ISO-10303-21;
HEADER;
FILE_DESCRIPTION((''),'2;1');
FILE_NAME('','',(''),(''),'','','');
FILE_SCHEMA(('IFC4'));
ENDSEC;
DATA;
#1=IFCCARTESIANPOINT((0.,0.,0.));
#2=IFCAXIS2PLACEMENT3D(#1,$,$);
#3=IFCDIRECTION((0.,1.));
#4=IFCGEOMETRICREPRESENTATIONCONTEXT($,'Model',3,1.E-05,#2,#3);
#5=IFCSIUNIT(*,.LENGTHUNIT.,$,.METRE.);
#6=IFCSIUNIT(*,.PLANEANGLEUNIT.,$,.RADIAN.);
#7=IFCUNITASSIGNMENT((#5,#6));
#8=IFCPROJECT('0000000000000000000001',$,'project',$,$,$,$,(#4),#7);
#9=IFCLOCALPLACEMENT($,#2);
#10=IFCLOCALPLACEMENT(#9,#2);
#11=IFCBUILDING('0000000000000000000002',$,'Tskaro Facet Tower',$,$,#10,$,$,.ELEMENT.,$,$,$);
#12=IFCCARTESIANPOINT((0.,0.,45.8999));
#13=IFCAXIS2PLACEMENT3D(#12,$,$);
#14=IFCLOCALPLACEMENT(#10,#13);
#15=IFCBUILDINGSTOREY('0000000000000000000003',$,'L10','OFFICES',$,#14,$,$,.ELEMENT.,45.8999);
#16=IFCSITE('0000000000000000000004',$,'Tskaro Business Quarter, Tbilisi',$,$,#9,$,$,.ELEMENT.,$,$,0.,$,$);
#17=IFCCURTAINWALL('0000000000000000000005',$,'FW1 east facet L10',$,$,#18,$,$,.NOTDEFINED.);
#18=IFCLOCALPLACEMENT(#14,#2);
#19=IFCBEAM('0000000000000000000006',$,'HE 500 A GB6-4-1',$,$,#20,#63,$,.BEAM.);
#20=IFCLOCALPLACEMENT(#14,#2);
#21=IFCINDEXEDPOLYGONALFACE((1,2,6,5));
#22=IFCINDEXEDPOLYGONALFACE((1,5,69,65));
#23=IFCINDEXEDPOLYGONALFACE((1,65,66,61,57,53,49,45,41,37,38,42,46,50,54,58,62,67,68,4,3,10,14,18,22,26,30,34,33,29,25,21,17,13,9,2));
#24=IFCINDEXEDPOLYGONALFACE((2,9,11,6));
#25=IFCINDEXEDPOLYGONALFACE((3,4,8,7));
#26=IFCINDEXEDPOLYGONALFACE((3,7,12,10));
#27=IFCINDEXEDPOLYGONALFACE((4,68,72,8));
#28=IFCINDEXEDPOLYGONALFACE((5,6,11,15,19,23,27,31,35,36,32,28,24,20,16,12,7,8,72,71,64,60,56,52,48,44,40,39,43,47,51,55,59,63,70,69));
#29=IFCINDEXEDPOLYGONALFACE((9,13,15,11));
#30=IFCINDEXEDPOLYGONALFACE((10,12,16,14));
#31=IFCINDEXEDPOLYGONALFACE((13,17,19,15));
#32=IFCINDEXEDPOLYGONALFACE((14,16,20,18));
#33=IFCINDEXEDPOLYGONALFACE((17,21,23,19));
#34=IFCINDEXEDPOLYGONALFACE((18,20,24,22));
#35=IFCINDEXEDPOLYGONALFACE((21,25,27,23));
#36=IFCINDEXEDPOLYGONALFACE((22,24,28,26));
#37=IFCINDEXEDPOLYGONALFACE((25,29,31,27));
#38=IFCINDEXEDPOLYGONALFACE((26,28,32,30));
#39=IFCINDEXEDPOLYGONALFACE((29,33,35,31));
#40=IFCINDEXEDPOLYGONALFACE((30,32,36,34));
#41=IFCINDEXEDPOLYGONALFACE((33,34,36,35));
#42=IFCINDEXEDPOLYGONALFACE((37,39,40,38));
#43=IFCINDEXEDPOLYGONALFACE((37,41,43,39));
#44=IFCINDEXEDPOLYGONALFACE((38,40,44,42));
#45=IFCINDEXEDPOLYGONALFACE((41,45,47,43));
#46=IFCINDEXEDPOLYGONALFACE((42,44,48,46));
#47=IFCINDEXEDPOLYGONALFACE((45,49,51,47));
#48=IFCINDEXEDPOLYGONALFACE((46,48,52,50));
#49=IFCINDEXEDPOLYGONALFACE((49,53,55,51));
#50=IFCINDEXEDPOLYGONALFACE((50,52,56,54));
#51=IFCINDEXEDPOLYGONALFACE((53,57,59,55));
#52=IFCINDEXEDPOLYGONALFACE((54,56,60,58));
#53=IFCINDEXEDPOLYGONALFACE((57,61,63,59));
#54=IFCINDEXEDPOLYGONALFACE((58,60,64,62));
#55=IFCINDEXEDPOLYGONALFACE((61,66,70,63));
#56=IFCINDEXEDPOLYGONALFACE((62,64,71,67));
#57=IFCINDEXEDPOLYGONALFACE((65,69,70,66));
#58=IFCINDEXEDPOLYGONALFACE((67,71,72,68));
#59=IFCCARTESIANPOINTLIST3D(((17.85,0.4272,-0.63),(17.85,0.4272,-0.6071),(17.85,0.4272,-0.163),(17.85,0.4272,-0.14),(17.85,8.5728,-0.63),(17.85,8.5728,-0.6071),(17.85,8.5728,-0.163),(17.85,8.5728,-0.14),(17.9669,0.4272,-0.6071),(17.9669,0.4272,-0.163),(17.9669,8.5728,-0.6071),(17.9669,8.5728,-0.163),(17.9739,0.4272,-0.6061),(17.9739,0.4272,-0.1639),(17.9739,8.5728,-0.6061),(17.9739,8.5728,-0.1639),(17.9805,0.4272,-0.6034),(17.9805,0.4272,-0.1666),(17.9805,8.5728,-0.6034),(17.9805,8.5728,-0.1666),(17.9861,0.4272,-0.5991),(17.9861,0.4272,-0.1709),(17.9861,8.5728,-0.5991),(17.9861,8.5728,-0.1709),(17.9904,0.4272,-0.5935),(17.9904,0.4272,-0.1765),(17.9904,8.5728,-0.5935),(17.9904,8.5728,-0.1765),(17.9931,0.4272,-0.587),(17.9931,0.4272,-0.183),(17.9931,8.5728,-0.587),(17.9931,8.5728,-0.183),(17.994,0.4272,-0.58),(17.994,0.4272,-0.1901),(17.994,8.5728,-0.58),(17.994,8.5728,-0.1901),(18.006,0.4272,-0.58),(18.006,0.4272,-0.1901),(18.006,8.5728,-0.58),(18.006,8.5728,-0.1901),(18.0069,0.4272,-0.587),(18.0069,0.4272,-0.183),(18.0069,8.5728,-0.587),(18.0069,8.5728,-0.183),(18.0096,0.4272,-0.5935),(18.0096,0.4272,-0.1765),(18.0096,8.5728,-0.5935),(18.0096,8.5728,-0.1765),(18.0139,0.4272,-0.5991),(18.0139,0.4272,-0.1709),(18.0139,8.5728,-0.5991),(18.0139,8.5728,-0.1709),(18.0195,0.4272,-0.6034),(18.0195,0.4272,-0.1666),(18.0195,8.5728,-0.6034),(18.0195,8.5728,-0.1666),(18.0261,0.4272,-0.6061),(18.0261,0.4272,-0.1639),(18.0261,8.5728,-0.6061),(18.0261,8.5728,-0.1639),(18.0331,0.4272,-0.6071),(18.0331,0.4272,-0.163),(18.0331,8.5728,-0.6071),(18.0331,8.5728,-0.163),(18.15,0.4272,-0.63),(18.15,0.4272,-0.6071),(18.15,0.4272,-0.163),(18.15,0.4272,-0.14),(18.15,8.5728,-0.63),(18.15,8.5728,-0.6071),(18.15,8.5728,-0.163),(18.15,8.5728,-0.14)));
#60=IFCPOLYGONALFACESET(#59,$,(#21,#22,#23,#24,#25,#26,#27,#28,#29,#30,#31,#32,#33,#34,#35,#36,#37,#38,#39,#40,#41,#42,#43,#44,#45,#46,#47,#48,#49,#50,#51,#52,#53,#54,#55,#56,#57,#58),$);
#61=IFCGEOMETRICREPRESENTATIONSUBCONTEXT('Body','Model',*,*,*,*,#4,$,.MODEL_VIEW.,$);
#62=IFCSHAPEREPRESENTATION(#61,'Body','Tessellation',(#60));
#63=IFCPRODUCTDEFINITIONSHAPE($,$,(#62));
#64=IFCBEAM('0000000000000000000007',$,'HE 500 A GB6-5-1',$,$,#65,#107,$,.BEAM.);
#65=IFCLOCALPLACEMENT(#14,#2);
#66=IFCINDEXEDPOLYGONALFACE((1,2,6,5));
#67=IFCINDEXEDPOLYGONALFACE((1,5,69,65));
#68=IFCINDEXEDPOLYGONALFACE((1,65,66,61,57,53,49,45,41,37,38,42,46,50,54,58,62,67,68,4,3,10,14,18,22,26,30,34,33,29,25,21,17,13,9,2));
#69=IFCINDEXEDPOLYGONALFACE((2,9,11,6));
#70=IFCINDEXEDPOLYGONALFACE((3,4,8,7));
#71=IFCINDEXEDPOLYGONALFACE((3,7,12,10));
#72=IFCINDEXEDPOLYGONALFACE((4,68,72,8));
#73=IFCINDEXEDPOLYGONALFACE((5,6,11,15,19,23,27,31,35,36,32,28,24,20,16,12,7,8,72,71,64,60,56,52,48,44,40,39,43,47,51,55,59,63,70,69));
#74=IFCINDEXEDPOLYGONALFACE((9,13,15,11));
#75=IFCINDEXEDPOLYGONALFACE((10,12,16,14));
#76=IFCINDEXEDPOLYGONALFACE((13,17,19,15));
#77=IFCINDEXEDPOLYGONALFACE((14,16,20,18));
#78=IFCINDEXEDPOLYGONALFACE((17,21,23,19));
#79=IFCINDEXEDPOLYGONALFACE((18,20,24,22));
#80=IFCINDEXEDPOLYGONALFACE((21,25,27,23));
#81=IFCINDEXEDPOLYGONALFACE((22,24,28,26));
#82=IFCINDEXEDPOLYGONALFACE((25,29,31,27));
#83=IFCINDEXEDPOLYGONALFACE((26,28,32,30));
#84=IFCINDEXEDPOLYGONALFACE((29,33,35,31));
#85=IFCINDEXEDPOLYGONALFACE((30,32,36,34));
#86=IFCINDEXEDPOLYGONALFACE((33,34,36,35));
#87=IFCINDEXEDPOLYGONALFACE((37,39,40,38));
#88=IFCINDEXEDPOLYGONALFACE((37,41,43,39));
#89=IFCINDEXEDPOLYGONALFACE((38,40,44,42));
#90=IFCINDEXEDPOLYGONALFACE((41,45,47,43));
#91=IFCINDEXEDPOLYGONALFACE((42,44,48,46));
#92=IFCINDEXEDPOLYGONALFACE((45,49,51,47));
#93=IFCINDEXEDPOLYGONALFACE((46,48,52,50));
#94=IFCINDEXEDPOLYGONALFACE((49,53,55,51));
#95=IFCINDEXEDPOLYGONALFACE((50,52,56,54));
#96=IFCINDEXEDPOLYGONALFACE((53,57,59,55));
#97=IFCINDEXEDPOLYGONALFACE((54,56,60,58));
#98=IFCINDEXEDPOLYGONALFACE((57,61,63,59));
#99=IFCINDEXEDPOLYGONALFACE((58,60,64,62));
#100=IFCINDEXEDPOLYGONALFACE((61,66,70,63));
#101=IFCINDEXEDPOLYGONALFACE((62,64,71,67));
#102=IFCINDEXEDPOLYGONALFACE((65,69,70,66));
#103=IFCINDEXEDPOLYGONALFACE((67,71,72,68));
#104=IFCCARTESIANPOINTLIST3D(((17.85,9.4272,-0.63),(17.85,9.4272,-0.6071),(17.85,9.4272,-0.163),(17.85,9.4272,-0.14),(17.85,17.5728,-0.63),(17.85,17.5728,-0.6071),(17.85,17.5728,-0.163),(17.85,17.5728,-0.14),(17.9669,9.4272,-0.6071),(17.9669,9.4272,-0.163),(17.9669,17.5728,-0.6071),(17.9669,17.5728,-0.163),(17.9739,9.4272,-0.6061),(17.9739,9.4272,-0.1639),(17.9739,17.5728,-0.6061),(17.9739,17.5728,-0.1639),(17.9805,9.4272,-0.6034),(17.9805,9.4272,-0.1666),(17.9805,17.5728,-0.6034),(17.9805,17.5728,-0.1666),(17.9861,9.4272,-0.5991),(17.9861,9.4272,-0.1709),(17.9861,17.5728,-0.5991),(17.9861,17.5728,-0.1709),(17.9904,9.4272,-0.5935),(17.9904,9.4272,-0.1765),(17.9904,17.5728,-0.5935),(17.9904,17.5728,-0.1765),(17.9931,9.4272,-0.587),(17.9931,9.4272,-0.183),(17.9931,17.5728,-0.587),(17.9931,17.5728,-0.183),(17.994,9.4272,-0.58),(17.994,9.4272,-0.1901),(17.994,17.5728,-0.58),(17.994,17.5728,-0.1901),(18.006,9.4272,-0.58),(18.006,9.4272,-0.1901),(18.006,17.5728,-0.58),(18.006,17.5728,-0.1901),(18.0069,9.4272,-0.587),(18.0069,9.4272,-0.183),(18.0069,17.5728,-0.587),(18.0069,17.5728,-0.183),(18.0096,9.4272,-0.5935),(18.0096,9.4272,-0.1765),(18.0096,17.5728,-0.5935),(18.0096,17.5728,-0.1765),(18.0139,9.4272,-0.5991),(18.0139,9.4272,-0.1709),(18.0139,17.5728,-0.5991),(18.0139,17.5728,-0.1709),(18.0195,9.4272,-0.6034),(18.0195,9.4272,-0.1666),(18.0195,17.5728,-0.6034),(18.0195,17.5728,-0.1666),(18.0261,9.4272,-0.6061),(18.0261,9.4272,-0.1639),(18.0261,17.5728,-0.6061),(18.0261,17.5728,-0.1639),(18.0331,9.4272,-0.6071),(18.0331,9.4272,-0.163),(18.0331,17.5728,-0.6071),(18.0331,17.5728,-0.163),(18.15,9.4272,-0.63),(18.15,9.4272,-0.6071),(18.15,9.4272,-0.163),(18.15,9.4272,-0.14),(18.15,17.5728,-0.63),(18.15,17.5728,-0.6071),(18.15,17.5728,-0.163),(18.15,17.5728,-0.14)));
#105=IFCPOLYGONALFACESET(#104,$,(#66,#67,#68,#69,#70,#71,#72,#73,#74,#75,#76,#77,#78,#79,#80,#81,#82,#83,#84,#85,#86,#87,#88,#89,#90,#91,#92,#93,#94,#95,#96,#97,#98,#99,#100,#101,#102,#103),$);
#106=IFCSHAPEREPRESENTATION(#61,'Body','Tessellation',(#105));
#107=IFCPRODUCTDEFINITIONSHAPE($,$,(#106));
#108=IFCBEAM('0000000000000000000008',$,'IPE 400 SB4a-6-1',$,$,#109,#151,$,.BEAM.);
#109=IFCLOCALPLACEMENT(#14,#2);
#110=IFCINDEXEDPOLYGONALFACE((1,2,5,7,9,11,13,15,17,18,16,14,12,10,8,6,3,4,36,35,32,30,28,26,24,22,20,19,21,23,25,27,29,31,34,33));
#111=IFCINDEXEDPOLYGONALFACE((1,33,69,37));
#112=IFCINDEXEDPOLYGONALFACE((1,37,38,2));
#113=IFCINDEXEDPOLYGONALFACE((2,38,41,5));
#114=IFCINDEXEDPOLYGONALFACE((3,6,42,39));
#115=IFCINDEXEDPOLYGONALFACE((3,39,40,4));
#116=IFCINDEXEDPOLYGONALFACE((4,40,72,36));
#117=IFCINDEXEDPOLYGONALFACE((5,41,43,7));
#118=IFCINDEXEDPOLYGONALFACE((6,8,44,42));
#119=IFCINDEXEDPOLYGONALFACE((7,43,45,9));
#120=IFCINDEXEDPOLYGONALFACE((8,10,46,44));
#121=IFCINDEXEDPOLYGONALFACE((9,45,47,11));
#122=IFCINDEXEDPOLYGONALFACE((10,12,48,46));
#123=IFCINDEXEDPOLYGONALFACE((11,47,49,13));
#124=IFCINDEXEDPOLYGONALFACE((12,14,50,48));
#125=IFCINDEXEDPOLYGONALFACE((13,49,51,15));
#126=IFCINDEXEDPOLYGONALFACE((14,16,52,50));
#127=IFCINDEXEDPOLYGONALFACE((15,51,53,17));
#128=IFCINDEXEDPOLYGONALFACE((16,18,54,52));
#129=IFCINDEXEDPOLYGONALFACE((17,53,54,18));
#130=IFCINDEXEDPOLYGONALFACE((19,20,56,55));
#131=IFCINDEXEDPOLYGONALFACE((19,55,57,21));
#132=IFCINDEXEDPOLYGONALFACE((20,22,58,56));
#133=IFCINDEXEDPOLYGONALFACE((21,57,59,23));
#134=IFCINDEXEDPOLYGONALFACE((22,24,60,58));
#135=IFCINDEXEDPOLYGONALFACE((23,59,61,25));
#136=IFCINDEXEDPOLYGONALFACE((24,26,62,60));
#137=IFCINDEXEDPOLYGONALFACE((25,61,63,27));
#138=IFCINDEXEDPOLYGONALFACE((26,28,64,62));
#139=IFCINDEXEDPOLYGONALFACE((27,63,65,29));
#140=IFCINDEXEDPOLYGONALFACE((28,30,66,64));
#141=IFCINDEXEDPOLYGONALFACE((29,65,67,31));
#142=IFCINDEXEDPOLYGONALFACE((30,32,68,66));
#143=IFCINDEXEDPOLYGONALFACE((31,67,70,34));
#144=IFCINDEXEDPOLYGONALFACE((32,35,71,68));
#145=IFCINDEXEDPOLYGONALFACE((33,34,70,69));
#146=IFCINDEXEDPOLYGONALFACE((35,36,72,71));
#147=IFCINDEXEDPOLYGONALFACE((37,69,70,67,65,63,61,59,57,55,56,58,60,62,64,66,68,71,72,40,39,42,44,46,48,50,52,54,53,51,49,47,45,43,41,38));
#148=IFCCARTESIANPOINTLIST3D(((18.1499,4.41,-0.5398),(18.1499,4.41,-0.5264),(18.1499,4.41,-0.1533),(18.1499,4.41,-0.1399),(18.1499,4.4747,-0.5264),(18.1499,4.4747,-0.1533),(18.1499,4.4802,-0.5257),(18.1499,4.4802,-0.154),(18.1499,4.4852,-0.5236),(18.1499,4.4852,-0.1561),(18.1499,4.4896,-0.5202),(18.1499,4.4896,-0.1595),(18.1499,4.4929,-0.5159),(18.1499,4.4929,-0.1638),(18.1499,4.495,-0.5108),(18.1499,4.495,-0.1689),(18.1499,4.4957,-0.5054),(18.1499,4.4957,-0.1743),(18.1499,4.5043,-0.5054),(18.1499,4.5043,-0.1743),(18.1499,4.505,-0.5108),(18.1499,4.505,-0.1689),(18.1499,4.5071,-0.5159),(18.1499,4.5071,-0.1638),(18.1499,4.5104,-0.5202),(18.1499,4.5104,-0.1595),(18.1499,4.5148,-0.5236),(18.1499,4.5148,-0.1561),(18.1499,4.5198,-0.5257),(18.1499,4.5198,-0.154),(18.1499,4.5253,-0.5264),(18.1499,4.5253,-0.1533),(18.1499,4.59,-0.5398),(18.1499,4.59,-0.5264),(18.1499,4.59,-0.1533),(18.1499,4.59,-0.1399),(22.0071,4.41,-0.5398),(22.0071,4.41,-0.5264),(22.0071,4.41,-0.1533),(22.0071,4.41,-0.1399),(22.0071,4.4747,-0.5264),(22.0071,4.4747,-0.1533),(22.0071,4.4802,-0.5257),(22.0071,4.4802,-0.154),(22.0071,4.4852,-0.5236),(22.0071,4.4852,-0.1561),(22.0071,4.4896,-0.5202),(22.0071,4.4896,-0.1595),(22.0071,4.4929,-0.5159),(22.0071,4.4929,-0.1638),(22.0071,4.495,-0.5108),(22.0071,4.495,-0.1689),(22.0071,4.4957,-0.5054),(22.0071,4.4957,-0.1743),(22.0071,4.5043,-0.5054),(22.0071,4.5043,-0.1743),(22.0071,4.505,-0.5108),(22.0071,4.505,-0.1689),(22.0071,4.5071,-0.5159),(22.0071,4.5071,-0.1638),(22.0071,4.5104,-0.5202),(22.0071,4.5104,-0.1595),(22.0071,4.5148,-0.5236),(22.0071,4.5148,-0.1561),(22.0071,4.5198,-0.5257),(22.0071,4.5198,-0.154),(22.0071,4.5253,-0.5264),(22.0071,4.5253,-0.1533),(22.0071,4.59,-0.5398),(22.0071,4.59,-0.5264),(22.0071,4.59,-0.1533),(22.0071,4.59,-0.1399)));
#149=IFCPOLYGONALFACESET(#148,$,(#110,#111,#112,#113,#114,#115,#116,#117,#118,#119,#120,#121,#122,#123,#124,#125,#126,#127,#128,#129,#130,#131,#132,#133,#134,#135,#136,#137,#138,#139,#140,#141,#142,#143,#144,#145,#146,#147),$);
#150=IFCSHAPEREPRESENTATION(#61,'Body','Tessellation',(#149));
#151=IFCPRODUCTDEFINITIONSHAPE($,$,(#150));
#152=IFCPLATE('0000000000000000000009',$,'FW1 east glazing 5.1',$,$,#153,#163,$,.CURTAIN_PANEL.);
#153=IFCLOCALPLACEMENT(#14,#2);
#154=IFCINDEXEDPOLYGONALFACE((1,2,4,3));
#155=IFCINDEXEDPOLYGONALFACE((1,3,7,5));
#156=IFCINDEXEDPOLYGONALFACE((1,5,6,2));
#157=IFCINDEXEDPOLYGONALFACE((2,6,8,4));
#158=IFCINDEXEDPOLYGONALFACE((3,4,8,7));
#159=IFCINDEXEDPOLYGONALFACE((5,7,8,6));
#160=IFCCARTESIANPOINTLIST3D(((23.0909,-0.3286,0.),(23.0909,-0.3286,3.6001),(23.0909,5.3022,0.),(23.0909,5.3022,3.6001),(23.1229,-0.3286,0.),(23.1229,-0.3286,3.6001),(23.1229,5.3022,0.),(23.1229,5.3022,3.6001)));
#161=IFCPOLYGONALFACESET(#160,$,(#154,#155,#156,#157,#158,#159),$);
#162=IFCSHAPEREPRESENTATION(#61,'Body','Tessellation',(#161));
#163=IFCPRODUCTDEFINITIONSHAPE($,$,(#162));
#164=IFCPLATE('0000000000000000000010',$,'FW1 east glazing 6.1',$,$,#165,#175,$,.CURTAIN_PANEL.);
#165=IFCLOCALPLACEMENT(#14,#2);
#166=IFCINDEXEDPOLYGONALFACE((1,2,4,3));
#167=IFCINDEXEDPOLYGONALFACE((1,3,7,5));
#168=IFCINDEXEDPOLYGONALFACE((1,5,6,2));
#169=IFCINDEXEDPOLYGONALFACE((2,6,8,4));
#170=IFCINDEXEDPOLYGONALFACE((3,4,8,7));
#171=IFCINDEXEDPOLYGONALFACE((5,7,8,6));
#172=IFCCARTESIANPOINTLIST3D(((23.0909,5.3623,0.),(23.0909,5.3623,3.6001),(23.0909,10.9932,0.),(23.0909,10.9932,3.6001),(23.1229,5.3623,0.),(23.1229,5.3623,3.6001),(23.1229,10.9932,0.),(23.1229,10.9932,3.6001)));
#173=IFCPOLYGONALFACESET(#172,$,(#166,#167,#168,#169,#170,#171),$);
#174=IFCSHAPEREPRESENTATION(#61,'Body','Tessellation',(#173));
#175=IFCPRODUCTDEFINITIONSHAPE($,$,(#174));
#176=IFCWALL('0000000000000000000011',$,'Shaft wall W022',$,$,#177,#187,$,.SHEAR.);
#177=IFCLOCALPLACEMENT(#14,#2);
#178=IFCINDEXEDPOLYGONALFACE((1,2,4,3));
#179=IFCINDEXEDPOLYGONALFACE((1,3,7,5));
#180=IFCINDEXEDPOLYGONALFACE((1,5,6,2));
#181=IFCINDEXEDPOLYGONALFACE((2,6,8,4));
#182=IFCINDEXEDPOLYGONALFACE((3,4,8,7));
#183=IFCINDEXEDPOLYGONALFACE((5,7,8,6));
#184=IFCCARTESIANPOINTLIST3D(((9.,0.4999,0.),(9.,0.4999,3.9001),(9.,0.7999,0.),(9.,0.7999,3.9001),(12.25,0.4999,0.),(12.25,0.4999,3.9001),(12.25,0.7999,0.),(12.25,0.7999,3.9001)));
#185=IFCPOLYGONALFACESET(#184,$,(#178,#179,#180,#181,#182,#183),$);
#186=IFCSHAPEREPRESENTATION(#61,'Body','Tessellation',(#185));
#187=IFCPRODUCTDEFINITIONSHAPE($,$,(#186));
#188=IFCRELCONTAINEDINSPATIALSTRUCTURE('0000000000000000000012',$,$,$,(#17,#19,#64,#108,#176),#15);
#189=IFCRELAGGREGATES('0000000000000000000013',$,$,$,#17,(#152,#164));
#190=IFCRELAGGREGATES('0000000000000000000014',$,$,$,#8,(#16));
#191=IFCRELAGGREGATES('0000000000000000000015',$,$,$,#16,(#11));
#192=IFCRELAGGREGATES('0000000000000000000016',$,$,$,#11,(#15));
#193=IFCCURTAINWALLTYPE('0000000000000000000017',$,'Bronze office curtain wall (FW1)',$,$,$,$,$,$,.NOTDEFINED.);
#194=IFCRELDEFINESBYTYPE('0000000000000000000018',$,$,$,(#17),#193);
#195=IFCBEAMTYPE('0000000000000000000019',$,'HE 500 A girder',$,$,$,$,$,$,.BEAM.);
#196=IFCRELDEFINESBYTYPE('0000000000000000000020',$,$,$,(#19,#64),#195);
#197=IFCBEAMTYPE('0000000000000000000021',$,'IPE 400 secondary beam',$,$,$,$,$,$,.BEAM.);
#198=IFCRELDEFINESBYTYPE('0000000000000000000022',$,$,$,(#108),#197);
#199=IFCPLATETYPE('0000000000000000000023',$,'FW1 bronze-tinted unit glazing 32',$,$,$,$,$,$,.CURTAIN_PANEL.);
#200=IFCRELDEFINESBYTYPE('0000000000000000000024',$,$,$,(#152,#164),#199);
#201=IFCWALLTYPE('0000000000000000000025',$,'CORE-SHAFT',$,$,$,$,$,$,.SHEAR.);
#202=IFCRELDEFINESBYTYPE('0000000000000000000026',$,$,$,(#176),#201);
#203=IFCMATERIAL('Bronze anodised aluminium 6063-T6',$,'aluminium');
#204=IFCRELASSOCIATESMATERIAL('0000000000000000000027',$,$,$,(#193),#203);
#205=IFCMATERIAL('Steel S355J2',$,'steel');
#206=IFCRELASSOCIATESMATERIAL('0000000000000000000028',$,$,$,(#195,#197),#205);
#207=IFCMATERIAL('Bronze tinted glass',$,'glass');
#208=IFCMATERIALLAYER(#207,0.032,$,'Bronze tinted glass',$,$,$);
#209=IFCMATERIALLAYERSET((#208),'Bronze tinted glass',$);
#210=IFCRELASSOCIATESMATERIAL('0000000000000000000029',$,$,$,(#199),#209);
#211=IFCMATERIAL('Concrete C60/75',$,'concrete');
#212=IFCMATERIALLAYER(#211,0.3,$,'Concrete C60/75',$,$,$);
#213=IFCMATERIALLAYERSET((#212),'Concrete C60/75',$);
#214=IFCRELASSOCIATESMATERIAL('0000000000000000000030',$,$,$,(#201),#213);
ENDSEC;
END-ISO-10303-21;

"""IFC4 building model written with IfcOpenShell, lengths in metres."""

from ifc_helpers import new_model, si_unit, direction, frame, frame_2d, origin, origin_2d, place, context, subcontext, project, spatial, rectangle, i_section, extrude, material, layer, layer_set, material_profile, profile_set, type_object, element, aggregate, save


model = new_model("IFC4")

# Units and contexts
model_context = context("Model", 3, precision=1e-05, world=origin(), true_north=direction((0.0, 1.0)))
body_context = subcontext(model_context, "Body", "Model", "MODEL_VIEW")
ifc_project = project(units=[si_unit("LENGTHUNIT", "METRE"), si_unit("PLANEANGLEUNIT", "RADIAN")], contexts=[model_context])

# Site, building, storey
site_placement = place(None, origin())
site = spatial("IfcSite", under=ifc_project, at=site_placement, Name="Tskaro Business Quarter, Tbilisi", CompositionType="ELEMENT", RefElevation=0.0)
building_placement = place(site_placement, origin())
building = spatial("IfcBuilding", under=site, at=building_placement, Name="Tskaro Facet Tower", CompositionType="ELEMENT")
storey_placement = place(building_placement, frame((0.0, 0.0, 45.8999)))
storey = spatial("IfcBuildingStorey", under=building, at=storey_placement, Name="L10", Description="OFFICES", CompositionType="ELEMENT", Elevation=45.8999)

# Curtain wall
ifc_material_1 = material(Name="Bronze anodised aluminium 6063-T6", Category="aluminium")
curtain_wall_type = type_object("IfcCurtainWallType", Name="Bronze office curtain wall (FW1)", PredefinedType="NOTDEFINED", material=ifc_material_1)
curtain_wall_placement = place(storey_placement, origin())
curtain_wall = element("IfcCurtainWall", 1, at=curtain_wall_placement, inside=storey, type_object=curtain_wall_type, Name="FW1 east facet L10", PredefinedType="NOTDEFINED")

# Beams
ifc_material_2 = material(Name="Steel S355J2", Category="steel")
ifc_material_profile_1 = material_profile(ifc_material_2, i_section(OverallWidth=0.3, OverallDepth=0.49, WebThickness=0.012, FlangeThickness=0.0229, FilletRadius=0.0271, at=origin_2d()), Name="HE 500 A")
ifc_profile_set_1 = profile_set([ifc_material_profile_1], Name="Steel S355J2")
beam_type_1 = type_object("IfcBeamType", Name="HE 500 A girder", PredefinedType="BEAM", material=ifc_profile_set_1)
for number, where, z_axis, x_axis, name in (
    (2, (18.0, 0.4272, -0.385), (0.0, 1.0, 0.0), (-1.0, 0.0, 0.0), "HE 500 A GB6-4-1"),
    (3, (18.0, 9.4272, -0.385), (0.0, 1.0, 0.0), (-1.0, 0.0, 0.0), "HE 500 A GB6-5-1"),
):
    element("IfcBeam", number, at=place(storey_placement, frame(where, z_axis=z_axis, x_axis=x_axis)), inside=storey, type_object=beam_type_1, Name=name, PredefinedType="BEAM", context=body_context, shape_type="SweptSolid", body=[
        extrude(i_section(OverallWidth=0.3, OverallDepth=0.49, WebThickness=0.012, FlangeThickness=0.0229, FilletRadius=0.0271, at=origin_2d()), origin(), (0.0, 0.0, 1.0), 8.1455),
    ])
ifc_material_profile_2 = material_profile(ifc_material_2, i_section(OverallWidth=0.1799, OverallDepth=0.3999, WebThickness=0.0085, FlangeThickness=0.0134, FilletRadius=0.021, at=origin_2d()), Name="IPE 400")
ifc_profile_set_2 = profile_set([ifc_material_profile_2], Name="Steel S355J2")
beam_type_2 = type_object("IfcBeamType", Name="IPE 400 secondary beam", PredefinedType="BEAM", material=ifc_profile_set_2)
beam_1_placement = place(storey_placement, frame((18.1499, 4.5, -0.3398), z_axis=(1.0, 0.0, 0.0), x_axis=(0.0, 1.0, 0.0)))
element("IfcBeam", 4, at=beam_1_placement, inside=storey, type_object=beam_type_2, Name="IPE 400 SB4a-6-1", PredefinedType="BEAM", context=body_context, shape_type="SweptSolid", body=[
    extrude(i_section(OverallWidth=0.1799, OverallDepth=0.3999, WebThickness=0.0085, FlangeThickness=0.0134, FilletRadius=0.021, at=origin_2d()), origin(), (0.0, 0.0, 1.0), 3.8572),
])

# Plates
ifc_material_3 = material(Name="Bronze tinted glass", Category="glass")
ifc_layer_1 = layer(ifc_material_3, 0.032, Name="Bronze tinted glass")
ifc_layer_set_1 = layer_set([ifc_layer_1], Name="Bronze tinted glass")
plate_type = type_object("IfcPlateType", Name="FW1 bronze-tinted unit glazing 32", PredefinedType="CURTAIN_PANEL", material=ifc_layer_set_1)
plate_1_placement = place(storey_placement, frame((23.1069, 2.4868, 0.0), z_axis=(0.0, 0.0, 1.0), x_axis=(0.0, 1.0, 0.0)))
plate_1 = element("IfcPlate", 5, at=plate_1_placement, type_object=plate_type, Name="FW1 east glazing 5.1", PredefinedType="CURTAIN_PANEL", context=body_context, shape_type="SweptSolid", body=[
    extrude(rectangle(XDim=5.6309, YDim=0.032, at=origin_2d()), origin(), (0.0, 0.0, 1.0), 3.6001),
])
plate_2_placement = place(storey_placement, frame((23.1069, 8.1777, 0.0), z_axis=(0.0, 0.0, 1.0), x_axis=(0.0, 1.0, 0.0)))
plate_2 = element("IfcPlate", 6, at=plate_2_placement, type_object=plate_type, Name="FW1 east glazing 6.1", PredefinedType="CURTAIN_PANEL", context=body_context, shape_type="SweptSolid", body=[
    extrude(rectangle(XDim=5.6309, YDim=0.032, at=origin_2d()), origin(), (0.0, 0.0, 1.0), 3.6001),
])
aggregate(curtain_wall, [plate_1, plate_2])

# Wall
ifc_material_4 = material(Name="Concrete C60/75", Category="concrete")
ifc_layer_2 = layer(ifc_material_4, 0.3, Name="Concrete C60/75")
ifc_layer_set_2 = layer_set([ifc_layer_2], Name="Concrete C60/75")
wall_type_1 = type_object("IfcWallType", Name="CORE-SHAFT", PredefinedType="SHEAR", material=ifc_layer_set_2)
wall_1_placement = place(storey_placement, frame((12.25, 0.6499, 0.0), z_axis=(0.0, 0.0, 1.0), x_axis=(-1.0, 0.0, 0.0)))
element("IfcWall", 7, at=wall_1_placement, inside=storey, type_object=wall_type_1, Name="Shaft wall W022", PredefinedType="SHEAR", context=body_context, shape_type="SweptSolid", body=[
    extrude(rectangle(XDim=3.25, YDim=0.3, at=frame_2d((1.625, 0.0))), origin(), (0.0, 0.0, 1.0), 3.9001),
])

save(model, "model.ifc")
